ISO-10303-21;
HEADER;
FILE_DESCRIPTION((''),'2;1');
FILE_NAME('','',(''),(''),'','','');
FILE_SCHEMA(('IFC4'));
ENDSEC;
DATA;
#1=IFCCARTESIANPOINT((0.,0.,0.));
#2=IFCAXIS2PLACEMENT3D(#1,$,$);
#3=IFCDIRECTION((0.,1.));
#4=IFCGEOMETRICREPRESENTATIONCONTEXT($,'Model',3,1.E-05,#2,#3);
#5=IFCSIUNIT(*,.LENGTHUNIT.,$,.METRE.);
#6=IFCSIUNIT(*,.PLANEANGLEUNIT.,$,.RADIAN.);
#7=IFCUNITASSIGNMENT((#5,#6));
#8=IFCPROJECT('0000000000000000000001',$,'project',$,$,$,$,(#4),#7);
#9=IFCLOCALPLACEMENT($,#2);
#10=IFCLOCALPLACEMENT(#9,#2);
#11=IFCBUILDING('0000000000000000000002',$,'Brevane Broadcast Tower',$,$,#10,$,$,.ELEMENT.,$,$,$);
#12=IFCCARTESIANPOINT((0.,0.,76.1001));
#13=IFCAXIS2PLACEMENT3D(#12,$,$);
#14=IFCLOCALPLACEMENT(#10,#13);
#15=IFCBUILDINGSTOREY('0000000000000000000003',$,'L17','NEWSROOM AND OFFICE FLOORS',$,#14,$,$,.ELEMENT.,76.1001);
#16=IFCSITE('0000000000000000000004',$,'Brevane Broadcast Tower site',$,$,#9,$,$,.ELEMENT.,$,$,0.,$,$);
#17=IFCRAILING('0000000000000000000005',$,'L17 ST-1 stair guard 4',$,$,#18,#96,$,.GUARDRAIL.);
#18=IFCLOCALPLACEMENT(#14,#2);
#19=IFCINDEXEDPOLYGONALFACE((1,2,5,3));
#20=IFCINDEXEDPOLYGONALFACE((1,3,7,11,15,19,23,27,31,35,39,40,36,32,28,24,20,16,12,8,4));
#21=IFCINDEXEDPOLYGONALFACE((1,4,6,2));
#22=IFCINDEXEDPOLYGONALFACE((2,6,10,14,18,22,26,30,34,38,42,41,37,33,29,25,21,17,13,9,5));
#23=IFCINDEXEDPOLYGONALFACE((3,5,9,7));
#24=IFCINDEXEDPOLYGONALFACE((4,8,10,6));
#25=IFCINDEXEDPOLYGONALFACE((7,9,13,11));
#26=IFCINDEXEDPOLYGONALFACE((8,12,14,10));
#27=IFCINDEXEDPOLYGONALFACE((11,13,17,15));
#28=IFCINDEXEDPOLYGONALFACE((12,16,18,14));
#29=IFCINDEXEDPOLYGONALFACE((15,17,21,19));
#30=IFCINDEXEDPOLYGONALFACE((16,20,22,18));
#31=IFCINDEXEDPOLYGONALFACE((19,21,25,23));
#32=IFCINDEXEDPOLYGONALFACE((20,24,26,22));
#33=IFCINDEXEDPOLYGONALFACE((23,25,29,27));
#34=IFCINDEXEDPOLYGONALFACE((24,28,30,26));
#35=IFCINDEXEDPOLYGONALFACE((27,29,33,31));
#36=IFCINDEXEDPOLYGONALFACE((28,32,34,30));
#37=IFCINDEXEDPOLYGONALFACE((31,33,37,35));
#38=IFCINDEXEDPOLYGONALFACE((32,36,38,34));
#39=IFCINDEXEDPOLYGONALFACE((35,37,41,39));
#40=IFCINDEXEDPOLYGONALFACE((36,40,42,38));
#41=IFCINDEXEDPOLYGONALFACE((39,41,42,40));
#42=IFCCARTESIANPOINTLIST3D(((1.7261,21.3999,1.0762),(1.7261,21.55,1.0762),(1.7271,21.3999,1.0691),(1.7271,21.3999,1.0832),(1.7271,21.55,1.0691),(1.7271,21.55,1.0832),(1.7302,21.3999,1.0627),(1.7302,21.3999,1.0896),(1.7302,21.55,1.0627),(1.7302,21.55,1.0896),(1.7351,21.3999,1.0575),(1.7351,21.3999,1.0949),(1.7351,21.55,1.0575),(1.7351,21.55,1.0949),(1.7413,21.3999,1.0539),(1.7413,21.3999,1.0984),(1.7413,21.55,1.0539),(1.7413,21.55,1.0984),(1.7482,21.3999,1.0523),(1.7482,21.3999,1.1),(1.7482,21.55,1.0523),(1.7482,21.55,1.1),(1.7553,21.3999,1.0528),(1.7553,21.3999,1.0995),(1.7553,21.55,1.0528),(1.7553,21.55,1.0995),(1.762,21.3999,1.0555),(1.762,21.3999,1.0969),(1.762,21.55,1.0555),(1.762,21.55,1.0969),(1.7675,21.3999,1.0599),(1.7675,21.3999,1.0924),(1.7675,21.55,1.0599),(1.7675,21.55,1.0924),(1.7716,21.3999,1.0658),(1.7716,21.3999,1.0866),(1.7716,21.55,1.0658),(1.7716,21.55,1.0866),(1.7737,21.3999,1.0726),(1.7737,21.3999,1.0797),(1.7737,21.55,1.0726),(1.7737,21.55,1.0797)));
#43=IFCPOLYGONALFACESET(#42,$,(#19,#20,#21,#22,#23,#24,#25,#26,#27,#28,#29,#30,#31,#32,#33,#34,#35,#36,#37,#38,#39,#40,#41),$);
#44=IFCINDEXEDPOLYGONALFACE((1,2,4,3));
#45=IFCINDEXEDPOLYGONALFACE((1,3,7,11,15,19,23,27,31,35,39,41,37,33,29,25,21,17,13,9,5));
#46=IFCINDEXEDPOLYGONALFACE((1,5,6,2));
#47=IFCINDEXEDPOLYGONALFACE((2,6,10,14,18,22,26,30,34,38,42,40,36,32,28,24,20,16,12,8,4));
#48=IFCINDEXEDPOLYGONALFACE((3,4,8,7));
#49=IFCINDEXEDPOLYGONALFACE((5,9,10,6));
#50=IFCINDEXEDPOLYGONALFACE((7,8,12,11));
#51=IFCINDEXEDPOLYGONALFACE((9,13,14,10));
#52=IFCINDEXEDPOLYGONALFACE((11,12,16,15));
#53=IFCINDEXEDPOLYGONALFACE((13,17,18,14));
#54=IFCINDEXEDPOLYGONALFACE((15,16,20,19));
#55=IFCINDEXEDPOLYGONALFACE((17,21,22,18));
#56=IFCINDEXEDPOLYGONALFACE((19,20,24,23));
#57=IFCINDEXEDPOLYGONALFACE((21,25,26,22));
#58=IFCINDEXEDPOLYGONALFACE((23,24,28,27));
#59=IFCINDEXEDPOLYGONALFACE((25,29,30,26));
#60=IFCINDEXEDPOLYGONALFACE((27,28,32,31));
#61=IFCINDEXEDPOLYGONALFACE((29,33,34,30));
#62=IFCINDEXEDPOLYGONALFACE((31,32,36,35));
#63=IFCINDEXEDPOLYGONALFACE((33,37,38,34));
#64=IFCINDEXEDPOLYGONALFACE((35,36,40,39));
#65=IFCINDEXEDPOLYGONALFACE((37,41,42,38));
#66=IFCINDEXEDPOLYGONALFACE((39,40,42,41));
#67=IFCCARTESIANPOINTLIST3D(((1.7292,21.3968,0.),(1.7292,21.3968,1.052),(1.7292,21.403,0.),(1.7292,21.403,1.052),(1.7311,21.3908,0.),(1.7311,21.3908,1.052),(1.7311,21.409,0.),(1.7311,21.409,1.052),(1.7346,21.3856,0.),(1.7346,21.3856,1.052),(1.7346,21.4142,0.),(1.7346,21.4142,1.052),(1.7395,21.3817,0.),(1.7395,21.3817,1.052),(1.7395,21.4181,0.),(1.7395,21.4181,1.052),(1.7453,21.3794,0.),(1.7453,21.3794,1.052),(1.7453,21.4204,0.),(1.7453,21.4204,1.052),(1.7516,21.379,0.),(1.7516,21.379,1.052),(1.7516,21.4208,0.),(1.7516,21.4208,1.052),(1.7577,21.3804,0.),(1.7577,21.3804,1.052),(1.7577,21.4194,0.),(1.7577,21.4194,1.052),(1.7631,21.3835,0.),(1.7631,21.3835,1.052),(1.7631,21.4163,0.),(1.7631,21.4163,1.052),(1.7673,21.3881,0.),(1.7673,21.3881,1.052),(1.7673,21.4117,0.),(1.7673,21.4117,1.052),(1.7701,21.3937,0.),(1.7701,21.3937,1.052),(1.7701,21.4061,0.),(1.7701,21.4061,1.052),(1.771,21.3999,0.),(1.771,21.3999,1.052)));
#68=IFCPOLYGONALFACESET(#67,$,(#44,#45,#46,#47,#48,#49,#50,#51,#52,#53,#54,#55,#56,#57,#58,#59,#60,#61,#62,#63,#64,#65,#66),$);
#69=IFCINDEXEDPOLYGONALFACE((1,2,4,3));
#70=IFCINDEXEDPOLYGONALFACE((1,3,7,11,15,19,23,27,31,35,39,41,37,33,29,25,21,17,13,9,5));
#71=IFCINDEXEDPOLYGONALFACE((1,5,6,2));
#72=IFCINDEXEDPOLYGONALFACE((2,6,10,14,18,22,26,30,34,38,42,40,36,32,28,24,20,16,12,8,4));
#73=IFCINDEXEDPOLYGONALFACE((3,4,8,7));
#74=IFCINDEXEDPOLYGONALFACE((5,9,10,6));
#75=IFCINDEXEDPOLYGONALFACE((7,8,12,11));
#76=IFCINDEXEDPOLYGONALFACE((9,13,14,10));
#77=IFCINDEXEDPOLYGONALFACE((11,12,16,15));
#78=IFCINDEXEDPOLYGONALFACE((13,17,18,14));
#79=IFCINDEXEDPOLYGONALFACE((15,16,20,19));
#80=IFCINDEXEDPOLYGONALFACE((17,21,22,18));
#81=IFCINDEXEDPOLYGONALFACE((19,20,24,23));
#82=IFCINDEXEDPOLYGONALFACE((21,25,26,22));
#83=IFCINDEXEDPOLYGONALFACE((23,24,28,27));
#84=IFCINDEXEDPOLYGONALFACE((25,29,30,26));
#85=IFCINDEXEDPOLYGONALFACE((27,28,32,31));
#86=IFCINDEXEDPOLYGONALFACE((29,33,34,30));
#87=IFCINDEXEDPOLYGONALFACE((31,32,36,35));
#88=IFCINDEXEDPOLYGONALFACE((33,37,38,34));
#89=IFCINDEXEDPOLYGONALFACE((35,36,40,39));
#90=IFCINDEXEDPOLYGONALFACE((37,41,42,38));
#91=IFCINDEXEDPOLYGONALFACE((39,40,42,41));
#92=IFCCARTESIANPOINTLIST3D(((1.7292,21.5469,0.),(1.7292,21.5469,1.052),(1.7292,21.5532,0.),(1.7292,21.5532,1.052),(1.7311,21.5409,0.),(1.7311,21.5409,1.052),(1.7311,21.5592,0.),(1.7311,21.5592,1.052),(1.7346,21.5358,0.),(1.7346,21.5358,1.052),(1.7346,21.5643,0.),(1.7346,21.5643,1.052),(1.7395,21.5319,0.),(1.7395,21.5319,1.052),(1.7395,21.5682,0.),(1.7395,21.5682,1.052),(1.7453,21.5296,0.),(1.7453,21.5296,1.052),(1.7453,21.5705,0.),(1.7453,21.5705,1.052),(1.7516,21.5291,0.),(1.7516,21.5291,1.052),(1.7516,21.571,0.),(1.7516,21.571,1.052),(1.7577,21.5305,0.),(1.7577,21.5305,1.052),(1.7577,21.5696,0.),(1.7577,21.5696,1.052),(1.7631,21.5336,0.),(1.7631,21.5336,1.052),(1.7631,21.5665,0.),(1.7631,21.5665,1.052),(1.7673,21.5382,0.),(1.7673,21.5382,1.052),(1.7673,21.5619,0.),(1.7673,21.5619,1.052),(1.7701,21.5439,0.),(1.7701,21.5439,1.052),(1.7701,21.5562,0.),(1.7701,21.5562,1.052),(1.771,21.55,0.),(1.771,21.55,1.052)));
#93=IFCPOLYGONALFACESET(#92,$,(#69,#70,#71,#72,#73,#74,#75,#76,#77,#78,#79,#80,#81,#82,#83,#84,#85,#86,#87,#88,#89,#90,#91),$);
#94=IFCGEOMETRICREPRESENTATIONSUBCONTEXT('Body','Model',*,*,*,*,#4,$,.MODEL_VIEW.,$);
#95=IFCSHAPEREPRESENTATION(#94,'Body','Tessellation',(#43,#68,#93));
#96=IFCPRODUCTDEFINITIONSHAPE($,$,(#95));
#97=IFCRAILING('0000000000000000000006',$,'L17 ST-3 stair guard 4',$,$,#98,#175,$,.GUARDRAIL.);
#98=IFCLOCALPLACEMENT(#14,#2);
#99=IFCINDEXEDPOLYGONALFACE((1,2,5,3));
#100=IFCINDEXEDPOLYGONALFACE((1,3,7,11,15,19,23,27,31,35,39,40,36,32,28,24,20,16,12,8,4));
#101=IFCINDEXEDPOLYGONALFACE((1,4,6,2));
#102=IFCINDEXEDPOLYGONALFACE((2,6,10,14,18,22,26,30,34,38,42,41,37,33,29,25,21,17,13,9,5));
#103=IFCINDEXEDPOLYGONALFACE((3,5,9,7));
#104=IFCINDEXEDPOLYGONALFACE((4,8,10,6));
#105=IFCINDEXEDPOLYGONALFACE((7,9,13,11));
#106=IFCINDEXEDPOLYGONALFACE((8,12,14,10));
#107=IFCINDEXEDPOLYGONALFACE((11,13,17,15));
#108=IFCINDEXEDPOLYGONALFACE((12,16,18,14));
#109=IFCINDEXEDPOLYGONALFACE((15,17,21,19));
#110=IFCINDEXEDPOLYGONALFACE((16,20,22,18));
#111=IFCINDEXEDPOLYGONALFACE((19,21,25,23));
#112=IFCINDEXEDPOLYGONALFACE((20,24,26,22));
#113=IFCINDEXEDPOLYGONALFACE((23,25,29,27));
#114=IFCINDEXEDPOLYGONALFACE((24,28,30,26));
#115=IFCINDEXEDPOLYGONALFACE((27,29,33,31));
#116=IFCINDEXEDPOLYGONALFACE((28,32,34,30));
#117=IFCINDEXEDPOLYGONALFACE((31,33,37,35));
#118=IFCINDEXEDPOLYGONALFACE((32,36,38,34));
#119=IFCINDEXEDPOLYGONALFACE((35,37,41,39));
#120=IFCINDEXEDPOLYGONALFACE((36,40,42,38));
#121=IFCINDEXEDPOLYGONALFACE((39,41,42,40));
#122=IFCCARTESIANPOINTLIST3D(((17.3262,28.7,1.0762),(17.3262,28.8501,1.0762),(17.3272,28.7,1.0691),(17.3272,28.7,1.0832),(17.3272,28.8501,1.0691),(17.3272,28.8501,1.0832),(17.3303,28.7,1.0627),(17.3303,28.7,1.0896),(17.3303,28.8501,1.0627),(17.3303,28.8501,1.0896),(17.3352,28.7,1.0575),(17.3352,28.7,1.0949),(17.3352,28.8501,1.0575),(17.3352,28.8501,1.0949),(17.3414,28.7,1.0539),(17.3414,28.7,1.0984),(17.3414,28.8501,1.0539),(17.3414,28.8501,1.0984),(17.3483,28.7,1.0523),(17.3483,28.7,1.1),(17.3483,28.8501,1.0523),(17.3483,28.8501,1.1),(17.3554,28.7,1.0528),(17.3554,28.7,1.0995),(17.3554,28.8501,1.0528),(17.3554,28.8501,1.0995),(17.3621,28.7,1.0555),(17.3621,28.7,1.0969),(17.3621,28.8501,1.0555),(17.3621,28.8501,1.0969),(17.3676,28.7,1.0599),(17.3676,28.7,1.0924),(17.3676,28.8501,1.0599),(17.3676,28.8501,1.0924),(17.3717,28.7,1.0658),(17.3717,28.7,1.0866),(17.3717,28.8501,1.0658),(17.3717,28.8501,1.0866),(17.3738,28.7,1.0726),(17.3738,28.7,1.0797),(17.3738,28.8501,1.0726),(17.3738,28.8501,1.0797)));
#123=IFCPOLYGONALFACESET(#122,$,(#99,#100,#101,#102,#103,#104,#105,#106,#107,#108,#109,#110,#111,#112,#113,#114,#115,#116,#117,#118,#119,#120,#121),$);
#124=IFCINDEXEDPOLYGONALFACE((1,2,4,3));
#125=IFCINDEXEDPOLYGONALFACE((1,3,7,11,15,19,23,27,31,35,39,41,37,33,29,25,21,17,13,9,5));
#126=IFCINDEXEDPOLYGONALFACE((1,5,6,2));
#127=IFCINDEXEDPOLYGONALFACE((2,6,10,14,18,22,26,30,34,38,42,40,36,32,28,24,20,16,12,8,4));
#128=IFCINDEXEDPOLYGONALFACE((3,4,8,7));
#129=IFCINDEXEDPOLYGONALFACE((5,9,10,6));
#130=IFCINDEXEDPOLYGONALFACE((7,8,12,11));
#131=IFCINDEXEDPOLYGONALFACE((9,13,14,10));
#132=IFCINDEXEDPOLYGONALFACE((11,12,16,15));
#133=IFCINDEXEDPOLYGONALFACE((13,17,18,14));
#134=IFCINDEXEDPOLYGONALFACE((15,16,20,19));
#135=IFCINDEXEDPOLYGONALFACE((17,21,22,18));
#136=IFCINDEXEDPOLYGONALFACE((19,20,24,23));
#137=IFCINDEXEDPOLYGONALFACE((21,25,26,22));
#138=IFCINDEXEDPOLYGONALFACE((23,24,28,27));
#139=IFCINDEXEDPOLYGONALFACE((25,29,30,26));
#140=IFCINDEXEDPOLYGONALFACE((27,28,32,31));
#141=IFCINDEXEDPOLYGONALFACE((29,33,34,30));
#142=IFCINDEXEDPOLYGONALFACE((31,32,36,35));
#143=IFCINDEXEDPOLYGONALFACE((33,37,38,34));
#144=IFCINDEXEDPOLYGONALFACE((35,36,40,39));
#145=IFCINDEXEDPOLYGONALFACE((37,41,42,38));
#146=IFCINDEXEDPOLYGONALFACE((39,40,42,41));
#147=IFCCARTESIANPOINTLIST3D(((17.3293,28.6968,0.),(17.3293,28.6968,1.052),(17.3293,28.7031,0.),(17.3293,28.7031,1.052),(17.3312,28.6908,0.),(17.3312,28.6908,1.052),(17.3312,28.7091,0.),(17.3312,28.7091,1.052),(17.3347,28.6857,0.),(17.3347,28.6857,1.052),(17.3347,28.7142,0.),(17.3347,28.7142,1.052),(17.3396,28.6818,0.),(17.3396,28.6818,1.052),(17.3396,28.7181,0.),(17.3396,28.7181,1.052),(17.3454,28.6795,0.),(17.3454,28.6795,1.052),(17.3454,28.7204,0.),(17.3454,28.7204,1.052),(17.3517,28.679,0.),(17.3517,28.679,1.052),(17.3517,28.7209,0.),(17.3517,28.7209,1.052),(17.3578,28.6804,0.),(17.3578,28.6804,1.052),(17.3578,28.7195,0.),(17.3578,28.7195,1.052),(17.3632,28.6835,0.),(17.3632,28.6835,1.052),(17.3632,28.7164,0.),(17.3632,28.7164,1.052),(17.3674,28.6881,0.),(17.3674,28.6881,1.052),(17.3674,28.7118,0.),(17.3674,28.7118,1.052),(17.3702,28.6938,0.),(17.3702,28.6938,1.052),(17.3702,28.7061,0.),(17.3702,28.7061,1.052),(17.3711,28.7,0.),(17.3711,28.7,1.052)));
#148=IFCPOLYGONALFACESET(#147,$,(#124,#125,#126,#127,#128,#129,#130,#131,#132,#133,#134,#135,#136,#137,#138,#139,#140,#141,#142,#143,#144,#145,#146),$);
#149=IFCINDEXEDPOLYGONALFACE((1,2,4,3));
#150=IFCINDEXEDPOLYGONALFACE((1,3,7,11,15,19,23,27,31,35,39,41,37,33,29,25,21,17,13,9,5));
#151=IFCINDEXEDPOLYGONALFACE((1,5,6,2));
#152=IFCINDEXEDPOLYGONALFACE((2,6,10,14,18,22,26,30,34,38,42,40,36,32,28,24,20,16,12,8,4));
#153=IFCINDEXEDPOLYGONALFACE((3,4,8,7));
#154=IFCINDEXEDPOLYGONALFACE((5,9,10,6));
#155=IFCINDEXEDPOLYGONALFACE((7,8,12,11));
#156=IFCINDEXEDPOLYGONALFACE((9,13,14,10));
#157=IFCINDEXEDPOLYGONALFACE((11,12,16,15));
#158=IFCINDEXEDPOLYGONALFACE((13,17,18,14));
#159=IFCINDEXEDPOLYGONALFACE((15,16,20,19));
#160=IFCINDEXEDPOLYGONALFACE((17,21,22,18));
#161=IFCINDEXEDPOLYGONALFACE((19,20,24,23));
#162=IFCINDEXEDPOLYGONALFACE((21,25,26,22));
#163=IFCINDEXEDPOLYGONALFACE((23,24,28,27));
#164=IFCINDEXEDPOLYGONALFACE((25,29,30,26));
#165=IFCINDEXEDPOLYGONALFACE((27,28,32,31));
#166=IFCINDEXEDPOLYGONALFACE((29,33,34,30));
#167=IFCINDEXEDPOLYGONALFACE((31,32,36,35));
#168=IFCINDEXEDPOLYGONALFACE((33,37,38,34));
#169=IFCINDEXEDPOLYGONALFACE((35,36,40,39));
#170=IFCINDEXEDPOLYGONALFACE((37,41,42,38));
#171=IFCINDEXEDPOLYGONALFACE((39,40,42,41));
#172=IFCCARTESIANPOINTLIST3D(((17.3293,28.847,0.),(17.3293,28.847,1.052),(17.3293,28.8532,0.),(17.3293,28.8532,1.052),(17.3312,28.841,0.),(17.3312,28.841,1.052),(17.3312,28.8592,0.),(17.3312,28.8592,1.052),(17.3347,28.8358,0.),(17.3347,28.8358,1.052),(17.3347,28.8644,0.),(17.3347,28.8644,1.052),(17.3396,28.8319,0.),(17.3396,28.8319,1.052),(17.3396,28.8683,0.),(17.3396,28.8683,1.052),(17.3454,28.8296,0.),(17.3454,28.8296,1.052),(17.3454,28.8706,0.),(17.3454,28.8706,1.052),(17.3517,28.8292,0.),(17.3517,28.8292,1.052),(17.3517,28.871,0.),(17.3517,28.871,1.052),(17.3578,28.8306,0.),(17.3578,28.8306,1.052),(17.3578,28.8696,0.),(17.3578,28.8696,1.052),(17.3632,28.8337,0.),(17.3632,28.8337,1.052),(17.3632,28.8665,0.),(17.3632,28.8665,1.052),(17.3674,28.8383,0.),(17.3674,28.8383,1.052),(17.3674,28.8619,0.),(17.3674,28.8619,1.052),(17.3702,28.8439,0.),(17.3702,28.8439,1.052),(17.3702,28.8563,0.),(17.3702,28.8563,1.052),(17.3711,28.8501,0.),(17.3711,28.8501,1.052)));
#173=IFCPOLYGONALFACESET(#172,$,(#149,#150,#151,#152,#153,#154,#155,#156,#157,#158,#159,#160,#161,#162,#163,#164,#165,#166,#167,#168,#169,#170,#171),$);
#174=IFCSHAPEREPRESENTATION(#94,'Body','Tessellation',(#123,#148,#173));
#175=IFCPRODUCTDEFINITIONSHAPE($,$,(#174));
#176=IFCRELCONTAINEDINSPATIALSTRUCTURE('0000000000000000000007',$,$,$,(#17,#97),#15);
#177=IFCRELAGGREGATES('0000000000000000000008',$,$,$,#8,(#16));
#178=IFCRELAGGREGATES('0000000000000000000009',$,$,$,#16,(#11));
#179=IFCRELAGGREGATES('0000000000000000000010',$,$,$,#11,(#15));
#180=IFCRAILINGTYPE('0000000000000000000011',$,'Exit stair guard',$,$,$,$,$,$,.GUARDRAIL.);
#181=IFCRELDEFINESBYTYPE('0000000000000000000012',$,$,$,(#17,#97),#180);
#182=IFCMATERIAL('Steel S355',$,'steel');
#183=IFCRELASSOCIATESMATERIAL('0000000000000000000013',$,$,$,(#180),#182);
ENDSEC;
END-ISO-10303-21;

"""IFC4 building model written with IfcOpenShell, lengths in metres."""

from ifc_helpers import new_model, si_unit, direction, frame, origin, origin_2d, place, context, subcontext, project, spatial, circle, extrude, material, type_object, element, save


model = new_model("IFC4")

# Units and contexts
model_context = context("Model", 3, precision=1e-05, world=origin(), true_north=direction((0.0, 1.0)))
body_context = subcontext(model_context, "Body", "Model", "MODEL_VIEW")
ifc_project = project(units=[si_unit("LENGTHUNIT", "METRE"), si_unit("PLANEANGLEUNIT", "RADIAN")], contexts=[model_context])

# Site, building, storey
site_placement = place(None, origin())
site = spatial("IfcSite", under=ifc_project, at=site_placement, Name="Brevane Broadcast Tower site", CompositionType="ELEMENT", RefElevation=0.0)
building_placement = place(site_placement, origin())
building = spatial("IfcBuilding", under=site, at=building_placement, Name="Brevane Broadcast Tower", CompositionType="ELEMENT")
storey_placement = place(building_placement, frame((0.0, 0.0, 76.1001)))
storey = spatial("IfcBuildingStorey", under=building, at=storey_placement, Name="L17", Description="NEWSROOM AND OFFICE FLOORS", CompositionType="ELEMENT", Elevation=76.1001)

# Railings
ifc_material_1 = material(Name="Steel S355", Category="steel")
railing_type_1 = type_object("IfcRailingType", Name="Exit stair guard", PredefinedType="GUARDRAIL", material=ifc_material_1)
for number, where, name in (
    (1, (1.75, 21.3999, 0.0), "L17 ST-1 stair guard 4"),
    (2, (17.3501, 28.7, 0.0), "L17 ST-3 stair guard 4"),
):
    element("IfcRailing", number, at=place(storey_placement, frame(where)), inside=storey, type_object=railing_type_1, Name=name, PredefinedType="GUARDRAIL", context=body_context, shape_type="SweptSolid", body=[
        extrude(circle(Radius=0.0239, at=origin_2d()), frame((0.0, 0.0, 1.0762), z_axis=(0.0, 1.0, 0.0), x_axis=(-1.0, 0.0, 0.0)), (0.0, 0.0, 1.0), 0.1501),
        extrude(circle(Radius=0.021, at=origin_2d()), origin(), (0.0, 0.0, 1.0), 1.052),
        extrude(circle(Radius=0.021, at=origin_2d()), frame((0.0, 0.1501, 0.0)), (0.0, 0.0, 1.0), 1.052),
    ])

save(model, "model.ifc")
